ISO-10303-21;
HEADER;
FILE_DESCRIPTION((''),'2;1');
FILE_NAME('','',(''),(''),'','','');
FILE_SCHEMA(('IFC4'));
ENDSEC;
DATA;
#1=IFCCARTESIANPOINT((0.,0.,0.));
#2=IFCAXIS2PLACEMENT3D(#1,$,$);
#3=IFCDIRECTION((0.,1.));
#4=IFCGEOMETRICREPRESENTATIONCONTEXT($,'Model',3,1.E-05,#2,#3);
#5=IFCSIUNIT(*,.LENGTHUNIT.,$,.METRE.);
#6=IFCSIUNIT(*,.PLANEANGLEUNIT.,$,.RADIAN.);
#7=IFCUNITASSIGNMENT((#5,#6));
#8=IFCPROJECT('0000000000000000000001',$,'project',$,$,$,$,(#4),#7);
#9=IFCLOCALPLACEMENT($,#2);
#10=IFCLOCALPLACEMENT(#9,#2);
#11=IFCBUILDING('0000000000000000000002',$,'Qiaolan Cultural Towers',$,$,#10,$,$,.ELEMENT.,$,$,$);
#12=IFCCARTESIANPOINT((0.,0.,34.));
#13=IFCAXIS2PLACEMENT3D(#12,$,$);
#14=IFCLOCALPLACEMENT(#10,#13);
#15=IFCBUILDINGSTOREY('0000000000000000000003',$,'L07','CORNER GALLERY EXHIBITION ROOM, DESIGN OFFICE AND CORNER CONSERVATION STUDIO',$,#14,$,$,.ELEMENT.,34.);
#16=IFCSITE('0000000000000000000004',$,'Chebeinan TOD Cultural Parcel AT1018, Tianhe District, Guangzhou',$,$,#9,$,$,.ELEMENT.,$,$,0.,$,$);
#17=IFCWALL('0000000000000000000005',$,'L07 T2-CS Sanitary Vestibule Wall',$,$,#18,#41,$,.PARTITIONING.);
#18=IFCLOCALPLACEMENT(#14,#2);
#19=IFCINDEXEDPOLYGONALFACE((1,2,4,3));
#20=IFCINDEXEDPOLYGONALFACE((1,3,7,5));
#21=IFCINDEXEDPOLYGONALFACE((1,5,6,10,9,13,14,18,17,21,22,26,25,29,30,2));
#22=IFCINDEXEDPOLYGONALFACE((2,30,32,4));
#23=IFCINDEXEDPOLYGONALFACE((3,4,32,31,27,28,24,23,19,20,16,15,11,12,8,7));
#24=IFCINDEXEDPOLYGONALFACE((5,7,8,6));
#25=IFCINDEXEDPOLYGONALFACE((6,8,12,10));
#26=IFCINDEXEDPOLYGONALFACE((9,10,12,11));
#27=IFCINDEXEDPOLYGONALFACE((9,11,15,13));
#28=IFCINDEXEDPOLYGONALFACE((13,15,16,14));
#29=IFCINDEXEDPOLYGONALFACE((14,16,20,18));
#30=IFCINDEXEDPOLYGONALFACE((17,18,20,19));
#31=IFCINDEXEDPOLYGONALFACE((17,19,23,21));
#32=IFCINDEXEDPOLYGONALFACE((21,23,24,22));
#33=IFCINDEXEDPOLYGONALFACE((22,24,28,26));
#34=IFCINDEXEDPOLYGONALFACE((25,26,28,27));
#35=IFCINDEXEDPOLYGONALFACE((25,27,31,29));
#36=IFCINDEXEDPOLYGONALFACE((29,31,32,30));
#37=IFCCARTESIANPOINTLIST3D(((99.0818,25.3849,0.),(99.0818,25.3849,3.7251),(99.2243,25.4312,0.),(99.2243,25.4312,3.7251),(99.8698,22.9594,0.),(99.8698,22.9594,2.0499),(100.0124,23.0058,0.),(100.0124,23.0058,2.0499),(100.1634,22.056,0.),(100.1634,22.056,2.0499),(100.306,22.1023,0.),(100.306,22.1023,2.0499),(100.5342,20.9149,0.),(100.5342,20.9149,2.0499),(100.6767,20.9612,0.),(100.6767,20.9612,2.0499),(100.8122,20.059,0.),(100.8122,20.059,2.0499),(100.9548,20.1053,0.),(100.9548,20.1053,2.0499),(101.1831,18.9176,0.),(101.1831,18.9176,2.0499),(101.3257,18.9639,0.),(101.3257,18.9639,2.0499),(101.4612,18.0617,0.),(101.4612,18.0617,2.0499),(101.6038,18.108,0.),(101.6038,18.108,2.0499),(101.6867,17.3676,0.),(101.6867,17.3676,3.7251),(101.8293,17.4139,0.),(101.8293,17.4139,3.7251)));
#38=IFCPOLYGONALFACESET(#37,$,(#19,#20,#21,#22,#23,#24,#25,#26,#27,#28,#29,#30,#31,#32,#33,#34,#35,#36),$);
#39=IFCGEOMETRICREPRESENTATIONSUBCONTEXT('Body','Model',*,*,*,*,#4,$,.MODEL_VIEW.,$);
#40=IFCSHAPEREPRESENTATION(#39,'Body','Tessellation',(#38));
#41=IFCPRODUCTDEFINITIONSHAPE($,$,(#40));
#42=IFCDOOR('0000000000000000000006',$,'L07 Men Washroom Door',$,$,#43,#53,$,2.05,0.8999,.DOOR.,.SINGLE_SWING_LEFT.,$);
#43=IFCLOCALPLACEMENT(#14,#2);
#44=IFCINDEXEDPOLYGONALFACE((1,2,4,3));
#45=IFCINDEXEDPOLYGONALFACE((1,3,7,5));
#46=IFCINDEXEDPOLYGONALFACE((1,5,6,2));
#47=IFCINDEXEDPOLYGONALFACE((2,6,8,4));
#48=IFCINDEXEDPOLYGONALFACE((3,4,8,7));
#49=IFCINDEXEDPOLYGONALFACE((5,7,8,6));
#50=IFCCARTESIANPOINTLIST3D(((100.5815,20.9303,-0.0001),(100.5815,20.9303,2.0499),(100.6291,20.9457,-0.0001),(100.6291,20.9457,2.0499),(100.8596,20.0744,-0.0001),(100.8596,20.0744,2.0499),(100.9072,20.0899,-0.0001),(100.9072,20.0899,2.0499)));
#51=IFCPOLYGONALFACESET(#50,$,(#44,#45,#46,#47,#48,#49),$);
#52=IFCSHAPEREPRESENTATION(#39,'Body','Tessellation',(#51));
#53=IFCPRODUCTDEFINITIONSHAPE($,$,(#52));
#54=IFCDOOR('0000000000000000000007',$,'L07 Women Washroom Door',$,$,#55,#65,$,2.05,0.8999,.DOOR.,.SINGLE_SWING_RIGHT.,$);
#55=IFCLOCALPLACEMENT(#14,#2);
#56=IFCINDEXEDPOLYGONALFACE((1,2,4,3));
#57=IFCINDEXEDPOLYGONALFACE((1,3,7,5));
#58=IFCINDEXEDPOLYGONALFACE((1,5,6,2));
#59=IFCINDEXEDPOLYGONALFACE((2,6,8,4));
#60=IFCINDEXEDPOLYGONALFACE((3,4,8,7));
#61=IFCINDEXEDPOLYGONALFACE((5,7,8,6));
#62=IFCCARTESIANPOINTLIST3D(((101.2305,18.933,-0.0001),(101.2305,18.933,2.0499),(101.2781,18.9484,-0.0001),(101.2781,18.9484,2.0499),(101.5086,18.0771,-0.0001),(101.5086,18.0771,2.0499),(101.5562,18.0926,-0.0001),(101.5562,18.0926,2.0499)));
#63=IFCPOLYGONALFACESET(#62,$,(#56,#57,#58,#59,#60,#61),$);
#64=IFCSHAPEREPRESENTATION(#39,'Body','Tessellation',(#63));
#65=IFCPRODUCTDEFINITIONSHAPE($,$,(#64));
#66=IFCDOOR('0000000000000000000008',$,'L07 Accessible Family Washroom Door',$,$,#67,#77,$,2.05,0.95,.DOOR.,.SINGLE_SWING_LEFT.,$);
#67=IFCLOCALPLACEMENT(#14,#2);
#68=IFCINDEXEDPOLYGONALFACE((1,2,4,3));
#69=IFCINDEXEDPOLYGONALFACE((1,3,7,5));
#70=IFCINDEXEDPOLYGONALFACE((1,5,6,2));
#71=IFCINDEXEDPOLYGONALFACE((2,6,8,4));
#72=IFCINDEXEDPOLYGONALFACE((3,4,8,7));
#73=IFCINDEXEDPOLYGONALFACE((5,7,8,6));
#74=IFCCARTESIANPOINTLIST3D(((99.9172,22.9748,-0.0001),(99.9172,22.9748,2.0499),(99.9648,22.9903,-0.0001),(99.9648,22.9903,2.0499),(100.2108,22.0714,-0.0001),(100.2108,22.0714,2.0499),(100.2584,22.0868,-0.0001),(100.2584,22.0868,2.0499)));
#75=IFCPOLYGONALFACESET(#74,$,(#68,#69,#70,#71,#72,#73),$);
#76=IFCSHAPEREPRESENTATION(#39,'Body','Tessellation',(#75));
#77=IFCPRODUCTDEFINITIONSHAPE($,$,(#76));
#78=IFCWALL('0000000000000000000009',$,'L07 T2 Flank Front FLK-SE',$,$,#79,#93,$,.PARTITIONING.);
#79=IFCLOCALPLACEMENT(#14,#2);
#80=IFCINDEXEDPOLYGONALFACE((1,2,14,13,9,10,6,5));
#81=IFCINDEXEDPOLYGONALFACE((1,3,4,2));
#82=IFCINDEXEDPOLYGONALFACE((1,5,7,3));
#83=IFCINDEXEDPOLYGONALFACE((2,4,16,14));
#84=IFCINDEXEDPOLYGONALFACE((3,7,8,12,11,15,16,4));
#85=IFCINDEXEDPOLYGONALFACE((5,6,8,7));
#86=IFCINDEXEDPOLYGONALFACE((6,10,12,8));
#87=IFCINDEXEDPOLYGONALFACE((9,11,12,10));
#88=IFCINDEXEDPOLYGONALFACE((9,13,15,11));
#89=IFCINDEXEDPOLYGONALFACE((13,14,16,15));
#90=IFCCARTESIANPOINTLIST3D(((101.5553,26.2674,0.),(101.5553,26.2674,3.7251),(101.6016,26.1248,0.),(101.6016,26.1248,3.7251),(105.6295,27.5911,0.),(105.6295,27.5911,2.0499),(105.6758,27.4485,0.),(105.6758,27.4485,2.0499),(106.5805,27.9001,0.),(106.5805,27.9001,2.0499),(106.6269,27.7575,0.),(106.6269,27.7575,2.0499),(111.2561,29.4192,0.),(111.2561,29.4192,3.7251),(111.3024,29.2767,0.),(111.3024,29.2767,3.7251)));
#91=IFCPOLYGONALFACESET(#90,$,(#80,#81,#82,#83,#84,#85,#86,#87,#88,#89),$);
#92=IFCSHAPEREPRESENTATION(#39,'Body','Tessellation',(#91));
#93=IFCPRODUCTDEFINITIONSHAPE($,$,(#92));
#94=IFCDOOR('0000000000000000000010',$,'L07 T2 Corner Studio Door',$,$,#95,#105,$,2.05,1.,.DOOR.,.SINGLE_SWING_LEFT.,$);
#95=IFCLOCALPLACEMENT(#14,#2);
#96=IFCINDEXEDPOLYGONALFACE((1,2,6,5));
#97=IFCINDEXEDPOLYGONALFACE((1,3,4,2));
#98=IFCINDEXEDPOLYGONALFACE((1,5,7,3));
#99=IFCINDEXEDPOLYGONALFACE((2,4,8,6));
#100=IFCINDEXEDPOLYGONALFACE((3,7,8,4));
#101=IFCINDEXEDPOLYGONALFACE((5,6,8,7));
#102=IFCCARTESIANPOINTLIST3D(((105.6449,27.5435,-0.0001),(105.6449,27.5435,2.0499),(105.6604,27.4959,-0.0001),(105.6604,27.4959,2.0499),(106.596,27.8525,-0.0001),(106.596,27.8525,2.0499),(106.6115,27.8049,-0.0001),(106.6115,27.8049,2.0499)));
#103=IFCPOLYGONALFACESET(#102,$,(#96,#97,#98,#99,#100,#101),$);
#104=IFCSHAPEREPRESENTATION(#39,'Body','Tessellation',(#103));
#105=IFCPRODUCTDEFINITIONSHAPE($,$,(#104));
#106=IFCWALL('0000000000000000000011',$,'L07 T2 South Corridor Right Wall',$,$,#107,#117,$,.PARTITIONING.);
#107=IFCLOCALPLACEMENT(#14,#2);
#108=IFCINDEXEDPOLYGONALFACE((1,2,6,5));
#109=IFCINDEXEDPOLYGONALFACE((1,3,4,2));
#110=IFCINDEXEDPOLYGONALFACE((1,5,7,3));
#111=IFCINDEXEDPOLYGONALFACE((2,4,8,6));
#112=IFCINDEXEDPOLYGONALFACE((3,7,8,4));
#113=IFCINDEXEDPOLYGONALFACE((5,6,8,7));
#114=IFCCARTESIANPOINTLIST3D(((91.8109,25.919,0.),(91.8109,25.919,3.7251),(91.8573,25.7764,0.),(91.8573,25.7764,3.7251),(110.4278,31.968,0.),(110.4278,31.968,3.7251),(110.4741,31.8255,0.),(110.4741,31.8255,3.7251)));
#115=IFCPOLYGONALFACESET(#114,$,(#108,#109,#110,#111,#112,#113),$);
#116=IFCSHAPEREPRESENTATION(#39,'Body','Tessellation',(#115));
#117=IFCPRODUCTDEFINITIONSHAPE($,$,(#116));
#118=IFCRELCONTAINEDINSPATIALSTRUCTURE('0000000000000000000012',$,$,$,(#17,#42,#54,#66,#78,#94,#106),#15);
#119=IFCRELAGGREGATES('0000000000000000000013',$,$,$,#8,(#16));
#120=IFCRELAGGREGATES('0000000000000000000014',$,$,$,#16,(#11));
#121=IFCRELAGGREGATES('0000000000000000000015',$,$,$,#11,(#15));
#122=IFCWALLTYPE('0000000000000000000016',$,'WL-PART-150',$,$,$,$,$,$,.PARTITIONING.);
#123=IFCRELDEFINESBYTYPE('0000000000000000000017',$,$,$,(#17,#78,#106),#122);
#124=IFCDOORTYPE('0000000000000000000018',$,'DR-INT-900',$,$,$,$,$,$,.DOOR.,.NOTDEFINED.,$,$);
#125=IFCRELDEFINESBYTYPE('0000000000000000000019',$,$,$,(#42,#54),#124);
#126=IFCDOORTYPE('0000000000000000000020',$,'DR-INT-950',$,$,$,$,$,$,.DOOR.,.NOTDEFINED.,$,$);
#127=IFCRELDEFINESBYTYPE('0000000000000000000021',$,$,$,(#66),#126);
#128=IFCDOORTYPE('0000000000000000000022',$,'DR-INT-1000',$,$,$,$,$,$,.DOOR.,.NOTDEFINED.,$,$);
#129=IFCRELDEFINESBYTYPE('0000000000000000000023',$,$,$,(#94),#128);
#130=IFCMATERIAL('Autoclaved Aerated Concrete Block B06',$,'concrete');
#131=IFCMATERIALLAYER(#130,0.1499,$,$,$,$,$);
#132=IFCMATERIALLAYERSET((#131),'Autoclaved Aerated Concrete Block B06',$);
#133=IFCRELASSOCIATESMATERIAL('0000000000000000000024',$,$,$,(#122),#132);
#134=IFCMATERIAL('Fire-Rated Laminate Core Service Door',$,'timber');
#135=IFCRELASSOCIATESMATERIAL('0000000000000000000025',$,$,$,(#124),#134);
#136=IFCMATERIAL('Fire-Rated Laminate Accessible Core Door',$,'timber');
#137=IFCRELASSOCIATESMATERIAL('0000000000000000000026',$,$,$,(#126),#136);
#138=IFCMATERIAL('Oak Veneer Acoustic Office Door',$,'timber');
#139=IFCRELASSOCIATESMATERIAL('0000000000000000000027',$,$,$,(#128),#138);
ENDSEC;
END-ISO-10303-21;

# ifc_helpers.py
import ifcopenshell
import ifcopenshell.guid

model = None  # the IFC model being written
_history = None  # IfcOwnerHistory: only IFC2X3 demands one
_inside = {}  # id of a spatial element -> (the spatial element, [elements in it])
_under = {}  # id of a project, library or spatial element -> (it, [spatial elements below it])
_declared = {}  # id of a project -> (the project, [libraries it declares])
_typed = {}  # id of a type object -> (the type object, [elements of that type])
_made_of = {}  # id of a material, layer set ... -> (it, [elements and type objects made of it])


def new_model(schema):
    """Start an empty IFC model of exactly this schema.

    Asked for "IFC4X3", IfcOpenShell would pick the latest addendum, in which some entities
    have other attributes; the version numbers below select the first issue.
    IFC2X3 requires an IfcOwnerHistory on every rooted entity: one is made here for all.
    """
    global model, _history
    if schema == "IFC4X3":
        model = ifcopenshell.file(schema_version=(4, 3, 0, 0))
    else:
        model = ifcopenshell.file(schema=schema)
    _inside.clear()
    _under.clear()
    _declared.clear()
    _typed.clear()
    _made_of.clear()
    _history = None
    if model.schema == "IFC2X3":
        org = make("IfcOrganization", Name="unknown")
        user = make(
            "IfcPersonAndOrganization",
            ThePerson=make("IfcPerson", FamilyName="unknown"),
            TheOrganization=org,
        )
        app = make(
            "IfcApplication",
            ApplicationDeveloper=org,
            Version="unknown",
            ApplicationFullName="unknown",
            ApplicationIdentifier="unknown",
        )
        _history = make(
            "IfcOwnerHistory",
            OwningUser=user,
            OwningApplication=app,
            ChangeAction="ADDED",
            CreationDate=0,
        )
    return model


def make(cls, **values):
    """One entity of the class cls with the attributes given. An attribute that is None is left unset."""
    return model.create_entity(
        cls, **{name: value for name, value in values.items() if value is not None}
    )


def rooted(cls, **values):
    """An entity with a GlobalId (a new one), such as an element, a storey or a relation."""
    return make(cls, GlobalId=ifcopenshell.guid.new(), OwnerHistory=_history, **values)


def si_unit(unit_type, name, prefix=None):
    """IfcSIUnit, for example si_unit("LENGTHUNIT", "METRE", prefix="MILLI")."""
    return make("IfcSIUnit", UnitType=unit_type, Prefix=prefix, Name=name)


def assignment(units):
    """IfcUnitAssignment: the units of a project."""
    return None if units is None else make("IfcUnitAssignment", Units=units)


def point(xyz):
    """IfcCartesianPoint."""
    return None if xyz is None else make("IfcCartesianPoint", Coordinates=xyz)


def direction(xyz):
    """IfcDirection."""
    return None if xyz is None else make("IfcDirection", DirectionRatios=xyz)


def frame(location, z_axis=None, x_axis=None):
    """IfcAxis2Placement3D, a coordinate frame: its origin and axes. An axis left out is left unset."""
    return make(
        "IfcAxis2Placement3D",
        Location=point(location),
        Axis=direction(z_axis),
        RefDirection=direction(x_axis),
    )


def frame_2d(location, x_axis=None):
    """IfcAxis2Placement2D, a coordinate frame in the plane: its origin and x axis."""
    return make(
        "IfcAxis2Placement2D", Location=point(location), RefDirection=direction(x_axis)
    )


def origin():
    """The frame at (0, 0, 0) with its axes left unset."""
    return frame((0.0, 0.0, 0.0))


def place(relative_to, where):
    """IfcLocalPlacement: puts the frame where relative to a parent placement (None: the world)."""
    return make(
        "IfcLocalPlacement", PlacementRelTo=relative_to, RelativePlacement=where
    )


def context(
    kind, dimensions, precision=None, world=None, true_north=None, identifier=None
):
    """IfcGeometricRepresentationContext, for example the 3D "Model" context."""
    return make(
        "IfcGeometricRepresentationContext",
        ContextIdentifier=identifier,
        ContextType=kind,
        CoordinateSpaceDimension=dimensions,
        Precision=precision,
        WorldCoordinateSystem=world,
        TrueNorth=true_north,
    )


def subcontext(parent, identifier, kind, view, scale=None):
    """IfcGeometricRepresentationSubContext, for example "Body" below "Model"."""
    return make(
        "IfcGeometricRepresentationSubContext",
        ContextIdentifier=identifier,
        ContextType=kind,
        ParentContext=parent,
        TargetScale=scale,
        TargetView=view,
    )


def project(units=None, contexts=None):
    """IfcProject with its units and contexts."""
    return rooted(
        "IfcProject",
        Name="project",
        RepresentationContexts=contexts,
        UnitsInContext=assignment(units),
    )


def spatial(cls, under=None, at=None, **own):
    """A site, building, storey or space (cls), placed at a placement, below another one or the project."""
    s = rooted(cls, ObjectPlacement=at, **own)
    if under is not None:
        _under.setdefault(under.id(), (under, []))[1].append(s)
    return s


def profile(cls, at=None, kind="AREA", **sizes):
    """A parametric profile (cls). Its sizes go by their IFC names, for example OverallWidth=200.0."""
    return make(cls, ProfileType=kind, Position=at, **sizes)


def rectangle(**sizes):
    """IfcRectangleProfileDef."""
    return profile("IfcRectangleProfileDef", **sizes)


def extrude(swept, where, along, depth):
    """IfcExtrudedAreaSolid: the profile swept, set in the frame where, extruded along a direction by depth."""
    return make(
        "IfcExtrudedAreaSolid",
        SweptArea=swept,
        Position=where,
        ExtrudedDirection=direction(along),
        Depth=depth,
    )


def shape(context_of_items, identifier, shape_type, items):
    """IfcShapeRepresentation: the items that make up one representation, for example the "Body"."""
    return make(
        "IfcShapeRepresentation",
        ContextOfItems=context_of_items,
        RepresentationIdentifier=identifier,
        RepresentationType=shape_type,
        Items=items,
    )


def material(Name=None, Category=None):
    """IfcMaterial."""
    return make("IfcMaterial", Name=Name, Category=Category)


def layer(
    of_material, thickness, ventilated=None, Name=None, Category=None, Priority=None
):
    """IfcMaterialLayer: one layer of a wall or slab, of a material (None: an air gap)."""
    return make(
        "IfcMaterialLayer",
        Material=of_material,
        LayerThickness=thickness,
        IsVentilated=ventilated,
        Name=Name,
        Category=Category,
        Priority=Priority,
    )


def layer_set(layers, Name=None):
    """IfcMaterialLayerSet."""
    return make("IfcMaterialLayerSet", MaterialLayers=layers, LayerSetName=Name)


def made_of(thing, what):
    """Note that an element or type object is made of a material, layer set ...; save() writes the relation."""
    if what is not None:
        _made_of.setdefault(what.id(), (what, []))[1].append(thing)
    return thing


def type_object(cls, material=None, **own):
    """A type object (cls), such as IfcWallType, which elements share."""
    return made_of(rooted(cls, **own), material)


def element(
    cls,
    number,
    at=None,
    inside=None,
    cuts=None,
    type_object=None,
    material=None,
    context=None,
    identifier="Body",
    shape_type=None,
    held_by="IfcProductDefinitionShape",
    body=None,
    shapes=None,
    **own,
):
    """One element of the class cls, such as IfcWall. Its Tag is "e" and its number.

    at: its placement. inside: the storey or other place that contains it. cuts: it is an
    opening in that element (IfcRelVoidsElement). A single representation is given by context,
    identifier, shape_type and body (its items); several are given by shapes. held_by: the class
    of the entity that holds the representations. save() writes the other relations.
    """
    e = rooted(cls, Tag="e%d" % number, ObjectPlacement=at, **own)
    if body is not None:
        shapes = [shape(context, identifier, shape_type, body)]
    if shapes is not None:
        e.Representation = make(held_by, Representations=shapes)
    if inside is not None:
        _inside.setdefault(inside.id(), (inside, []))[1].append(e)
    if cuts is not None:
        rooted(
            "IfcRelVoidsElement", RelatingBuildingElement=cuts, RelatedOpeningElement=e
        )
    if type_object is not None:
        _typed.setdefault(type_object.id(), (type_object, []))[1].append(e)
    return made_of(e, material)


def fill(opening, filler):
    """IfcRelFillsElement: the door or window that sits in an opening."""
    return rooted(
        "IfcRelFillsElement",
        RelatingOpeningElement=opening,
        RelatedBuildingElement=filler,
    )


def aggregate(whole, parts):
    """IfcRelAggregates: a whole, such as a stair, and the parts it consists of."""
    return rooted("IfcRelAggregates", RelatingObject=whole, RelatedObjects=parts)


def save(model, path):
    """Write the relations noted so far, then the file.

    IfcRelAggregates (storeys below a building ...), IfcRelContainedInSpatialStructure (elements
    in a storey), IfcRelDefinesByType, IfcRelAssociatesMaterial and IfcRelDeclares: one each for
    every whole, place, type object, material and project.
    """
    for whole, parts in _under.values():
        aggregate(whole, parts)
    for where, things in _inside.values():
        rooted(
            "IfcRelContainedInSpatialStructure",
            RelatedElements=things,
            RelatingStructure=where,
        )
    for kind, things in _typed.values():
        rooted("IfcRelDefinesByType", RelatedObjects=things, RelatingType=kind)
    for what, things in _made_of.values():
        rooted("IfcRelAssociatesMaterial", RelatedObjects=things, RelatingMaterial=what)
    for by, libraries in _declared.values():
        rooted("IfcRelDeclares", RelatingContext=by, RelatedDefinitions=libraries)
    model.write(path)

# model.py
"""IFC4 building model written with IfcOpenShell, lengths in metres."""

from ifc_helpers import new_model, si_unit, direction, frame, frame_2d, origin, place, context, subcontext, project, spatial, rectangle, extrude, material, layer, layer_set, type_object, element, fill, save


model = new_model("IFC4")

# Units and contexts
model_context = context("Model", 3, precision=1e-05, world=origin(), true_north=direction((0.0, 1.0)))
body_context = subcontext(model_context, "Body", "Model", "MODEL_VIEW")
ifc_project = project(units=[si_unit("LENGTHUNIT", "METRE"), si_unit("PLANEANGLEUNIT", "RADIAN")], contexts=[model_context])

# Site, building, storey
site_placement = place(None, origin())
site = spatial("IfcSite", under=ifc_project, at=site_placement, Name="Chebeinan TOD Cultural Parcel AT1018, Tianhe District, Guangzhou", CompositionType="ELEMENT", RefElevation=0.0)
building_placement = place(site_placement, origin())
building = spatial("IfcBuilding", under=site, at=building_placement, Name="Qiaolan Cultural Towers", CompositionType="ELEMENT")
storey_placement = place(building_placement, frame((0.0, 0.0, 34.0)))
storey = spatial("IfcBuildingStorey", under=building, at=storey_placement, Name="L07", Description="CORNER GALLERY EXHIBITION ROOM, DESIGN OFFICE AND CORNER CONSERVATION STUDIO", CompositionType="ELEMENT", Elevation=34.0)

# Wall, openings, doors
ifc_material_1 = material(Name="Autoclaved Aerated Concrete Block B06", Category="concrete")
ifc_layer_1 = layer(ifc_material_1, 0.1499)
ifc_layer_set_1 = layer_set([ifc_layer_1], Name="Autoclaved Aerated Concrete Block B06")
wall_type_1 = type_object("IfcWallType", Name="WL-PART-150", PredefinedType="PARTITIONING", material=ifc_layer_set_1)
wall_1_placement = place(storey_placement, frame((99.1531, 25.408, 0.0), z_axis=(0.0, 0.0, 1.0), x_axis=(0.309016, -0.951057, 0.0)))
wall_1 = element("IfcWall", 1, at=wall_1_placement, inside=storey, type_object=wall_type_1, Name="L07 T2-CS Sanitary Vestibule Wall", PredefinedType="PARTITIONING", context=body_context, shape_type="SweptSolid", body=[
    extrude(rectangle(XDim=8.4299, YDim=0.1499, at=frame_2d((4.2148, 0.0))), origin(), (0.0, 0.0, 1.0), 3.7251),
])
opening_1_placement = place(wall_1_placement, frame((2.55, 0.0, 0.0)))
opening_1 = element("IfcOpeningElement", 2, at=opening_1_placement, cuts=wall_1, PredefinedType="OPENING", context=body_context, shape_type="SweptSolid", body=[
    extrude(rectangle(XDim=0.95, YDim=2.05, at=frame_2d((0.4751, 1.0249))), frame((0.0, 0.085, 0.0), z_axis=(0.0, -1.0, 0.0), x_axis=(1.0, 0.0, 0.0)), (0.0, 0.0, 1.0), 0.1699),
])
opening_2_placement = place(wall_1_placement, frame((4.7, 0.0, 0.0)))
opening_2 = element("IfcOpeningElement", 3, at=opening_2_placement, cuts=wall_1, PredefinedType="OPENING", context=body_context, shape_type="SweptSolid", body=[
    extrude(rectangle(XDim=0.8999, YDim=2.05, at=frame_2d((0.45, 1.0249))), frame((0.0, 0.085, 0.0), z_axis=(0.0, -1.0, 0.0), x_axis=(1.0, 0.0, 0.0)), (0.0, 0.0, 1.0), 0.1699),
])
opening_3_placement = place(wall_1_placement, frame((6.8, 0.0, 0.0)))
opening_3 = element("IfcOpeningElement", 4, at=opening_3_placement, cuts=wall_1, PredefinedType="OPENING", context=body_context, shape_type="SweptSolid", body=[
    extrude(rectangle(XDim=0.8999, YDim=2.05, at=frame_2d((0.45, 1.0249))), frame((0.0, 0.085, 0.0), z_axis=(0.0, -1.0, 0.0), x_axis=(1.0, 0.0, 0.0)), (0.0, 0.0, 1.0), 0.1699),
])
ifc_material_2 = material(Name="Fire-Rated Laminate Core Service Door", Category="timber")
door_type_1 = type_object("IfcDoorType", Name="DR-INT-900", OperationType="NOTDEFINED", PredefinedType="DOOR", material=ifc_material_2)
door_1_placement = place(opening_2_placement, origin())
door_1 = element("IfcDoor", 5, at=door_1_placement, inside=storey, type_object=door_type_1, Name="L07 Men Washroom Door", OperationType="SINGLE_SWING_LEFT", OverallHeight=2.05, OverallWidth=0.8999, PredefinedType="DOOR", context=body_context, shape_type="SweptSolid", body=[
    extrude(rectangle(XDim=0.8999, YDim=2.05, at=frame_2d((0.45, 1.0249))), frame((0.0, 0.0249, 0.0), z_axis=(0.0, -1.0, 0.0), x_axis=(1.0, 0.0, 0.0)), (0.0, 0.0, 1.0), 0.05),
])
fill(opening_2, door_1)
door_2_placement = place(opening_3_placement, origin())
door_2 = element("IfcDoor", 6, at=door_2_placement, inside=storey, type_object=door_type_1, Name="L07 Women Washroom Door", OperationType="SINGLE_SWING_RIGHT", OverallHeight=2.05, OverallWidth=0.8999, PredefinedType="DOOR", context=body_context, shape_type="SweptSolid", body=[
    extrude(rectangle(XDim=0.8999, YDim=2.05, at=frame_2d((0.45, 1.0249))), frame((0.0, 0.0249, 0.0), z_axis=(0.0, -1.0, 0.0), x_axis=(1.0, 0.0, 0.0)), (0.0, 0.0, 1.0), 0.05),
])
fill(opening_3, door_2)
ifc_material_3 = material(Name="Fire-Rated Laminate Accessible Core Door", Category="timber")
door_type_2 = type_object("IfcDoorType", Name="DR-INT-950", OperationType="NOTDEFINED", PredefinedType="DOOR", material=ifc_material_3)
door_3_placement = place(opening_1_placement, origin())
door_3 = element("IfcDoor", 7, at=door_3_placement, inside=storey, type_object=door_type_2, Name="L07 Accessible Family Washroom Door", OperationType="SINGLE_SWING_LEFT", OverallHeight=2.05, OverallWidth=0.95, PredefinedType="DOOR", context=body_context, shape_type="SweptSolid", body=[
    extrude(rectangle(XDim=0.95, YDim=2.05, at=frame_2d((0.4751, 1.0249))), frame((0.0, 0.0249, 0.0), z_axis=(0.0, -1.0, 0.0), x_axis=(1.0, 0.0, 0.0)), (0.0, 0.0, 1.0), 0.05),
])
fill(opening_1, door_3)

# Wall, opening, door
wall_2_placement = place(storey_placement, frame((101.5784, 26.196, 0.0), z_axis=(0.0, 0.0, 1.0), x_axis=(0.951059, 0.309009, 0.0)))
wall_2 = element("IfcWall", 8, at=wall_2_placement, inside=storey, type_object=wall_type_1, Name="L07 T2 Flank Front FLK-SE", PredefinedType="PARTITIONING", context=body_context, shape_type="SweptSolid", body=[
    extrude(rectangle(XDim=10.2, YDim=0.1499, at=frame_2d((5.1001, 0.0))), origin(), (0.0, 0.0, 1.0), 3.7251),
])
opening_4_placement = place(wall_2_placement, frame((4.2839, 0.0, 0.0)))
opening_4 = element("IfcOpeningElement", 9, at=opening_4_placement, cuts=wall_2, PredefinedType="OPENING", context=body_context, shape_type="SweptSolid", body=[
    extrude(rectangle(XDim=1.0, YDim=2.05, at=frame_2d((0.5, 1.0249))), frame((0.0, 0.085, 0.0), z_axis=(0.0, -1.0, 0.0), x_axis=(1.0, 0.0, 0.0)), (0.0, 0.0, 1.0), 0.1699),
])
ifc_material_4 = material(Name="Oak Veneer Acoustic Office Door", Category="timber")
door_type_3 = type_object("IfcDoorType", Name="DR-INT-1000", OperationType="NOTDEFINED", PredefinedType="DOOR", material=ifc_material_4)
door_4_placement = place(opening_4_placement, origin())
door_4 = element("IfcDoor", 10, at=door_4_placement, inside=storey, type_object=door_type_3, Name="L07 T2 Corner Studio Door", OperationType="SINGLE_SWING_LEFT", OverallHeight=2.05, OverallWidth=1.0, PredefinedType="DOOR", context=body_context, shape_type="SweptSolid", body=[
    extrude(rectangle(XDim=1.0, YDim=2.05, at=frame_2d((0.5, 1.0249))), frame((0.0, 0.0249, 0.0), z_axis=(0.0, -1.0, 0.0), x_axis=(1.0, 0.0, 0.0)), (0.0, 0.0, 1.0), 0.05),
])
fill(opening_4, door_4)

# Wall
wall_3_placement = place(storey_placement, frame((91.834, 25.8477, 0.0), z_axis=(0.0, 0.0, 1.0), x_axis=(0.951056, 0.30902, 0.0)))
element("IfcWall", 11, at=wall_3_placement, inside=storey, type_object=wall_type_1, Name="L07 T2 South Corridor Right Wall", PredefinedType="PARTITIONING", context=body_context, shape_type="SweptSolid", body=[
    extrude(rectangle(XDim=19.575, YDim=0.1499, at=frame_2d((9.7876, 0.0))), origin(), (0.0, 0.0, 1.0), 3.7251),
])

save(model, "model.ifc")
